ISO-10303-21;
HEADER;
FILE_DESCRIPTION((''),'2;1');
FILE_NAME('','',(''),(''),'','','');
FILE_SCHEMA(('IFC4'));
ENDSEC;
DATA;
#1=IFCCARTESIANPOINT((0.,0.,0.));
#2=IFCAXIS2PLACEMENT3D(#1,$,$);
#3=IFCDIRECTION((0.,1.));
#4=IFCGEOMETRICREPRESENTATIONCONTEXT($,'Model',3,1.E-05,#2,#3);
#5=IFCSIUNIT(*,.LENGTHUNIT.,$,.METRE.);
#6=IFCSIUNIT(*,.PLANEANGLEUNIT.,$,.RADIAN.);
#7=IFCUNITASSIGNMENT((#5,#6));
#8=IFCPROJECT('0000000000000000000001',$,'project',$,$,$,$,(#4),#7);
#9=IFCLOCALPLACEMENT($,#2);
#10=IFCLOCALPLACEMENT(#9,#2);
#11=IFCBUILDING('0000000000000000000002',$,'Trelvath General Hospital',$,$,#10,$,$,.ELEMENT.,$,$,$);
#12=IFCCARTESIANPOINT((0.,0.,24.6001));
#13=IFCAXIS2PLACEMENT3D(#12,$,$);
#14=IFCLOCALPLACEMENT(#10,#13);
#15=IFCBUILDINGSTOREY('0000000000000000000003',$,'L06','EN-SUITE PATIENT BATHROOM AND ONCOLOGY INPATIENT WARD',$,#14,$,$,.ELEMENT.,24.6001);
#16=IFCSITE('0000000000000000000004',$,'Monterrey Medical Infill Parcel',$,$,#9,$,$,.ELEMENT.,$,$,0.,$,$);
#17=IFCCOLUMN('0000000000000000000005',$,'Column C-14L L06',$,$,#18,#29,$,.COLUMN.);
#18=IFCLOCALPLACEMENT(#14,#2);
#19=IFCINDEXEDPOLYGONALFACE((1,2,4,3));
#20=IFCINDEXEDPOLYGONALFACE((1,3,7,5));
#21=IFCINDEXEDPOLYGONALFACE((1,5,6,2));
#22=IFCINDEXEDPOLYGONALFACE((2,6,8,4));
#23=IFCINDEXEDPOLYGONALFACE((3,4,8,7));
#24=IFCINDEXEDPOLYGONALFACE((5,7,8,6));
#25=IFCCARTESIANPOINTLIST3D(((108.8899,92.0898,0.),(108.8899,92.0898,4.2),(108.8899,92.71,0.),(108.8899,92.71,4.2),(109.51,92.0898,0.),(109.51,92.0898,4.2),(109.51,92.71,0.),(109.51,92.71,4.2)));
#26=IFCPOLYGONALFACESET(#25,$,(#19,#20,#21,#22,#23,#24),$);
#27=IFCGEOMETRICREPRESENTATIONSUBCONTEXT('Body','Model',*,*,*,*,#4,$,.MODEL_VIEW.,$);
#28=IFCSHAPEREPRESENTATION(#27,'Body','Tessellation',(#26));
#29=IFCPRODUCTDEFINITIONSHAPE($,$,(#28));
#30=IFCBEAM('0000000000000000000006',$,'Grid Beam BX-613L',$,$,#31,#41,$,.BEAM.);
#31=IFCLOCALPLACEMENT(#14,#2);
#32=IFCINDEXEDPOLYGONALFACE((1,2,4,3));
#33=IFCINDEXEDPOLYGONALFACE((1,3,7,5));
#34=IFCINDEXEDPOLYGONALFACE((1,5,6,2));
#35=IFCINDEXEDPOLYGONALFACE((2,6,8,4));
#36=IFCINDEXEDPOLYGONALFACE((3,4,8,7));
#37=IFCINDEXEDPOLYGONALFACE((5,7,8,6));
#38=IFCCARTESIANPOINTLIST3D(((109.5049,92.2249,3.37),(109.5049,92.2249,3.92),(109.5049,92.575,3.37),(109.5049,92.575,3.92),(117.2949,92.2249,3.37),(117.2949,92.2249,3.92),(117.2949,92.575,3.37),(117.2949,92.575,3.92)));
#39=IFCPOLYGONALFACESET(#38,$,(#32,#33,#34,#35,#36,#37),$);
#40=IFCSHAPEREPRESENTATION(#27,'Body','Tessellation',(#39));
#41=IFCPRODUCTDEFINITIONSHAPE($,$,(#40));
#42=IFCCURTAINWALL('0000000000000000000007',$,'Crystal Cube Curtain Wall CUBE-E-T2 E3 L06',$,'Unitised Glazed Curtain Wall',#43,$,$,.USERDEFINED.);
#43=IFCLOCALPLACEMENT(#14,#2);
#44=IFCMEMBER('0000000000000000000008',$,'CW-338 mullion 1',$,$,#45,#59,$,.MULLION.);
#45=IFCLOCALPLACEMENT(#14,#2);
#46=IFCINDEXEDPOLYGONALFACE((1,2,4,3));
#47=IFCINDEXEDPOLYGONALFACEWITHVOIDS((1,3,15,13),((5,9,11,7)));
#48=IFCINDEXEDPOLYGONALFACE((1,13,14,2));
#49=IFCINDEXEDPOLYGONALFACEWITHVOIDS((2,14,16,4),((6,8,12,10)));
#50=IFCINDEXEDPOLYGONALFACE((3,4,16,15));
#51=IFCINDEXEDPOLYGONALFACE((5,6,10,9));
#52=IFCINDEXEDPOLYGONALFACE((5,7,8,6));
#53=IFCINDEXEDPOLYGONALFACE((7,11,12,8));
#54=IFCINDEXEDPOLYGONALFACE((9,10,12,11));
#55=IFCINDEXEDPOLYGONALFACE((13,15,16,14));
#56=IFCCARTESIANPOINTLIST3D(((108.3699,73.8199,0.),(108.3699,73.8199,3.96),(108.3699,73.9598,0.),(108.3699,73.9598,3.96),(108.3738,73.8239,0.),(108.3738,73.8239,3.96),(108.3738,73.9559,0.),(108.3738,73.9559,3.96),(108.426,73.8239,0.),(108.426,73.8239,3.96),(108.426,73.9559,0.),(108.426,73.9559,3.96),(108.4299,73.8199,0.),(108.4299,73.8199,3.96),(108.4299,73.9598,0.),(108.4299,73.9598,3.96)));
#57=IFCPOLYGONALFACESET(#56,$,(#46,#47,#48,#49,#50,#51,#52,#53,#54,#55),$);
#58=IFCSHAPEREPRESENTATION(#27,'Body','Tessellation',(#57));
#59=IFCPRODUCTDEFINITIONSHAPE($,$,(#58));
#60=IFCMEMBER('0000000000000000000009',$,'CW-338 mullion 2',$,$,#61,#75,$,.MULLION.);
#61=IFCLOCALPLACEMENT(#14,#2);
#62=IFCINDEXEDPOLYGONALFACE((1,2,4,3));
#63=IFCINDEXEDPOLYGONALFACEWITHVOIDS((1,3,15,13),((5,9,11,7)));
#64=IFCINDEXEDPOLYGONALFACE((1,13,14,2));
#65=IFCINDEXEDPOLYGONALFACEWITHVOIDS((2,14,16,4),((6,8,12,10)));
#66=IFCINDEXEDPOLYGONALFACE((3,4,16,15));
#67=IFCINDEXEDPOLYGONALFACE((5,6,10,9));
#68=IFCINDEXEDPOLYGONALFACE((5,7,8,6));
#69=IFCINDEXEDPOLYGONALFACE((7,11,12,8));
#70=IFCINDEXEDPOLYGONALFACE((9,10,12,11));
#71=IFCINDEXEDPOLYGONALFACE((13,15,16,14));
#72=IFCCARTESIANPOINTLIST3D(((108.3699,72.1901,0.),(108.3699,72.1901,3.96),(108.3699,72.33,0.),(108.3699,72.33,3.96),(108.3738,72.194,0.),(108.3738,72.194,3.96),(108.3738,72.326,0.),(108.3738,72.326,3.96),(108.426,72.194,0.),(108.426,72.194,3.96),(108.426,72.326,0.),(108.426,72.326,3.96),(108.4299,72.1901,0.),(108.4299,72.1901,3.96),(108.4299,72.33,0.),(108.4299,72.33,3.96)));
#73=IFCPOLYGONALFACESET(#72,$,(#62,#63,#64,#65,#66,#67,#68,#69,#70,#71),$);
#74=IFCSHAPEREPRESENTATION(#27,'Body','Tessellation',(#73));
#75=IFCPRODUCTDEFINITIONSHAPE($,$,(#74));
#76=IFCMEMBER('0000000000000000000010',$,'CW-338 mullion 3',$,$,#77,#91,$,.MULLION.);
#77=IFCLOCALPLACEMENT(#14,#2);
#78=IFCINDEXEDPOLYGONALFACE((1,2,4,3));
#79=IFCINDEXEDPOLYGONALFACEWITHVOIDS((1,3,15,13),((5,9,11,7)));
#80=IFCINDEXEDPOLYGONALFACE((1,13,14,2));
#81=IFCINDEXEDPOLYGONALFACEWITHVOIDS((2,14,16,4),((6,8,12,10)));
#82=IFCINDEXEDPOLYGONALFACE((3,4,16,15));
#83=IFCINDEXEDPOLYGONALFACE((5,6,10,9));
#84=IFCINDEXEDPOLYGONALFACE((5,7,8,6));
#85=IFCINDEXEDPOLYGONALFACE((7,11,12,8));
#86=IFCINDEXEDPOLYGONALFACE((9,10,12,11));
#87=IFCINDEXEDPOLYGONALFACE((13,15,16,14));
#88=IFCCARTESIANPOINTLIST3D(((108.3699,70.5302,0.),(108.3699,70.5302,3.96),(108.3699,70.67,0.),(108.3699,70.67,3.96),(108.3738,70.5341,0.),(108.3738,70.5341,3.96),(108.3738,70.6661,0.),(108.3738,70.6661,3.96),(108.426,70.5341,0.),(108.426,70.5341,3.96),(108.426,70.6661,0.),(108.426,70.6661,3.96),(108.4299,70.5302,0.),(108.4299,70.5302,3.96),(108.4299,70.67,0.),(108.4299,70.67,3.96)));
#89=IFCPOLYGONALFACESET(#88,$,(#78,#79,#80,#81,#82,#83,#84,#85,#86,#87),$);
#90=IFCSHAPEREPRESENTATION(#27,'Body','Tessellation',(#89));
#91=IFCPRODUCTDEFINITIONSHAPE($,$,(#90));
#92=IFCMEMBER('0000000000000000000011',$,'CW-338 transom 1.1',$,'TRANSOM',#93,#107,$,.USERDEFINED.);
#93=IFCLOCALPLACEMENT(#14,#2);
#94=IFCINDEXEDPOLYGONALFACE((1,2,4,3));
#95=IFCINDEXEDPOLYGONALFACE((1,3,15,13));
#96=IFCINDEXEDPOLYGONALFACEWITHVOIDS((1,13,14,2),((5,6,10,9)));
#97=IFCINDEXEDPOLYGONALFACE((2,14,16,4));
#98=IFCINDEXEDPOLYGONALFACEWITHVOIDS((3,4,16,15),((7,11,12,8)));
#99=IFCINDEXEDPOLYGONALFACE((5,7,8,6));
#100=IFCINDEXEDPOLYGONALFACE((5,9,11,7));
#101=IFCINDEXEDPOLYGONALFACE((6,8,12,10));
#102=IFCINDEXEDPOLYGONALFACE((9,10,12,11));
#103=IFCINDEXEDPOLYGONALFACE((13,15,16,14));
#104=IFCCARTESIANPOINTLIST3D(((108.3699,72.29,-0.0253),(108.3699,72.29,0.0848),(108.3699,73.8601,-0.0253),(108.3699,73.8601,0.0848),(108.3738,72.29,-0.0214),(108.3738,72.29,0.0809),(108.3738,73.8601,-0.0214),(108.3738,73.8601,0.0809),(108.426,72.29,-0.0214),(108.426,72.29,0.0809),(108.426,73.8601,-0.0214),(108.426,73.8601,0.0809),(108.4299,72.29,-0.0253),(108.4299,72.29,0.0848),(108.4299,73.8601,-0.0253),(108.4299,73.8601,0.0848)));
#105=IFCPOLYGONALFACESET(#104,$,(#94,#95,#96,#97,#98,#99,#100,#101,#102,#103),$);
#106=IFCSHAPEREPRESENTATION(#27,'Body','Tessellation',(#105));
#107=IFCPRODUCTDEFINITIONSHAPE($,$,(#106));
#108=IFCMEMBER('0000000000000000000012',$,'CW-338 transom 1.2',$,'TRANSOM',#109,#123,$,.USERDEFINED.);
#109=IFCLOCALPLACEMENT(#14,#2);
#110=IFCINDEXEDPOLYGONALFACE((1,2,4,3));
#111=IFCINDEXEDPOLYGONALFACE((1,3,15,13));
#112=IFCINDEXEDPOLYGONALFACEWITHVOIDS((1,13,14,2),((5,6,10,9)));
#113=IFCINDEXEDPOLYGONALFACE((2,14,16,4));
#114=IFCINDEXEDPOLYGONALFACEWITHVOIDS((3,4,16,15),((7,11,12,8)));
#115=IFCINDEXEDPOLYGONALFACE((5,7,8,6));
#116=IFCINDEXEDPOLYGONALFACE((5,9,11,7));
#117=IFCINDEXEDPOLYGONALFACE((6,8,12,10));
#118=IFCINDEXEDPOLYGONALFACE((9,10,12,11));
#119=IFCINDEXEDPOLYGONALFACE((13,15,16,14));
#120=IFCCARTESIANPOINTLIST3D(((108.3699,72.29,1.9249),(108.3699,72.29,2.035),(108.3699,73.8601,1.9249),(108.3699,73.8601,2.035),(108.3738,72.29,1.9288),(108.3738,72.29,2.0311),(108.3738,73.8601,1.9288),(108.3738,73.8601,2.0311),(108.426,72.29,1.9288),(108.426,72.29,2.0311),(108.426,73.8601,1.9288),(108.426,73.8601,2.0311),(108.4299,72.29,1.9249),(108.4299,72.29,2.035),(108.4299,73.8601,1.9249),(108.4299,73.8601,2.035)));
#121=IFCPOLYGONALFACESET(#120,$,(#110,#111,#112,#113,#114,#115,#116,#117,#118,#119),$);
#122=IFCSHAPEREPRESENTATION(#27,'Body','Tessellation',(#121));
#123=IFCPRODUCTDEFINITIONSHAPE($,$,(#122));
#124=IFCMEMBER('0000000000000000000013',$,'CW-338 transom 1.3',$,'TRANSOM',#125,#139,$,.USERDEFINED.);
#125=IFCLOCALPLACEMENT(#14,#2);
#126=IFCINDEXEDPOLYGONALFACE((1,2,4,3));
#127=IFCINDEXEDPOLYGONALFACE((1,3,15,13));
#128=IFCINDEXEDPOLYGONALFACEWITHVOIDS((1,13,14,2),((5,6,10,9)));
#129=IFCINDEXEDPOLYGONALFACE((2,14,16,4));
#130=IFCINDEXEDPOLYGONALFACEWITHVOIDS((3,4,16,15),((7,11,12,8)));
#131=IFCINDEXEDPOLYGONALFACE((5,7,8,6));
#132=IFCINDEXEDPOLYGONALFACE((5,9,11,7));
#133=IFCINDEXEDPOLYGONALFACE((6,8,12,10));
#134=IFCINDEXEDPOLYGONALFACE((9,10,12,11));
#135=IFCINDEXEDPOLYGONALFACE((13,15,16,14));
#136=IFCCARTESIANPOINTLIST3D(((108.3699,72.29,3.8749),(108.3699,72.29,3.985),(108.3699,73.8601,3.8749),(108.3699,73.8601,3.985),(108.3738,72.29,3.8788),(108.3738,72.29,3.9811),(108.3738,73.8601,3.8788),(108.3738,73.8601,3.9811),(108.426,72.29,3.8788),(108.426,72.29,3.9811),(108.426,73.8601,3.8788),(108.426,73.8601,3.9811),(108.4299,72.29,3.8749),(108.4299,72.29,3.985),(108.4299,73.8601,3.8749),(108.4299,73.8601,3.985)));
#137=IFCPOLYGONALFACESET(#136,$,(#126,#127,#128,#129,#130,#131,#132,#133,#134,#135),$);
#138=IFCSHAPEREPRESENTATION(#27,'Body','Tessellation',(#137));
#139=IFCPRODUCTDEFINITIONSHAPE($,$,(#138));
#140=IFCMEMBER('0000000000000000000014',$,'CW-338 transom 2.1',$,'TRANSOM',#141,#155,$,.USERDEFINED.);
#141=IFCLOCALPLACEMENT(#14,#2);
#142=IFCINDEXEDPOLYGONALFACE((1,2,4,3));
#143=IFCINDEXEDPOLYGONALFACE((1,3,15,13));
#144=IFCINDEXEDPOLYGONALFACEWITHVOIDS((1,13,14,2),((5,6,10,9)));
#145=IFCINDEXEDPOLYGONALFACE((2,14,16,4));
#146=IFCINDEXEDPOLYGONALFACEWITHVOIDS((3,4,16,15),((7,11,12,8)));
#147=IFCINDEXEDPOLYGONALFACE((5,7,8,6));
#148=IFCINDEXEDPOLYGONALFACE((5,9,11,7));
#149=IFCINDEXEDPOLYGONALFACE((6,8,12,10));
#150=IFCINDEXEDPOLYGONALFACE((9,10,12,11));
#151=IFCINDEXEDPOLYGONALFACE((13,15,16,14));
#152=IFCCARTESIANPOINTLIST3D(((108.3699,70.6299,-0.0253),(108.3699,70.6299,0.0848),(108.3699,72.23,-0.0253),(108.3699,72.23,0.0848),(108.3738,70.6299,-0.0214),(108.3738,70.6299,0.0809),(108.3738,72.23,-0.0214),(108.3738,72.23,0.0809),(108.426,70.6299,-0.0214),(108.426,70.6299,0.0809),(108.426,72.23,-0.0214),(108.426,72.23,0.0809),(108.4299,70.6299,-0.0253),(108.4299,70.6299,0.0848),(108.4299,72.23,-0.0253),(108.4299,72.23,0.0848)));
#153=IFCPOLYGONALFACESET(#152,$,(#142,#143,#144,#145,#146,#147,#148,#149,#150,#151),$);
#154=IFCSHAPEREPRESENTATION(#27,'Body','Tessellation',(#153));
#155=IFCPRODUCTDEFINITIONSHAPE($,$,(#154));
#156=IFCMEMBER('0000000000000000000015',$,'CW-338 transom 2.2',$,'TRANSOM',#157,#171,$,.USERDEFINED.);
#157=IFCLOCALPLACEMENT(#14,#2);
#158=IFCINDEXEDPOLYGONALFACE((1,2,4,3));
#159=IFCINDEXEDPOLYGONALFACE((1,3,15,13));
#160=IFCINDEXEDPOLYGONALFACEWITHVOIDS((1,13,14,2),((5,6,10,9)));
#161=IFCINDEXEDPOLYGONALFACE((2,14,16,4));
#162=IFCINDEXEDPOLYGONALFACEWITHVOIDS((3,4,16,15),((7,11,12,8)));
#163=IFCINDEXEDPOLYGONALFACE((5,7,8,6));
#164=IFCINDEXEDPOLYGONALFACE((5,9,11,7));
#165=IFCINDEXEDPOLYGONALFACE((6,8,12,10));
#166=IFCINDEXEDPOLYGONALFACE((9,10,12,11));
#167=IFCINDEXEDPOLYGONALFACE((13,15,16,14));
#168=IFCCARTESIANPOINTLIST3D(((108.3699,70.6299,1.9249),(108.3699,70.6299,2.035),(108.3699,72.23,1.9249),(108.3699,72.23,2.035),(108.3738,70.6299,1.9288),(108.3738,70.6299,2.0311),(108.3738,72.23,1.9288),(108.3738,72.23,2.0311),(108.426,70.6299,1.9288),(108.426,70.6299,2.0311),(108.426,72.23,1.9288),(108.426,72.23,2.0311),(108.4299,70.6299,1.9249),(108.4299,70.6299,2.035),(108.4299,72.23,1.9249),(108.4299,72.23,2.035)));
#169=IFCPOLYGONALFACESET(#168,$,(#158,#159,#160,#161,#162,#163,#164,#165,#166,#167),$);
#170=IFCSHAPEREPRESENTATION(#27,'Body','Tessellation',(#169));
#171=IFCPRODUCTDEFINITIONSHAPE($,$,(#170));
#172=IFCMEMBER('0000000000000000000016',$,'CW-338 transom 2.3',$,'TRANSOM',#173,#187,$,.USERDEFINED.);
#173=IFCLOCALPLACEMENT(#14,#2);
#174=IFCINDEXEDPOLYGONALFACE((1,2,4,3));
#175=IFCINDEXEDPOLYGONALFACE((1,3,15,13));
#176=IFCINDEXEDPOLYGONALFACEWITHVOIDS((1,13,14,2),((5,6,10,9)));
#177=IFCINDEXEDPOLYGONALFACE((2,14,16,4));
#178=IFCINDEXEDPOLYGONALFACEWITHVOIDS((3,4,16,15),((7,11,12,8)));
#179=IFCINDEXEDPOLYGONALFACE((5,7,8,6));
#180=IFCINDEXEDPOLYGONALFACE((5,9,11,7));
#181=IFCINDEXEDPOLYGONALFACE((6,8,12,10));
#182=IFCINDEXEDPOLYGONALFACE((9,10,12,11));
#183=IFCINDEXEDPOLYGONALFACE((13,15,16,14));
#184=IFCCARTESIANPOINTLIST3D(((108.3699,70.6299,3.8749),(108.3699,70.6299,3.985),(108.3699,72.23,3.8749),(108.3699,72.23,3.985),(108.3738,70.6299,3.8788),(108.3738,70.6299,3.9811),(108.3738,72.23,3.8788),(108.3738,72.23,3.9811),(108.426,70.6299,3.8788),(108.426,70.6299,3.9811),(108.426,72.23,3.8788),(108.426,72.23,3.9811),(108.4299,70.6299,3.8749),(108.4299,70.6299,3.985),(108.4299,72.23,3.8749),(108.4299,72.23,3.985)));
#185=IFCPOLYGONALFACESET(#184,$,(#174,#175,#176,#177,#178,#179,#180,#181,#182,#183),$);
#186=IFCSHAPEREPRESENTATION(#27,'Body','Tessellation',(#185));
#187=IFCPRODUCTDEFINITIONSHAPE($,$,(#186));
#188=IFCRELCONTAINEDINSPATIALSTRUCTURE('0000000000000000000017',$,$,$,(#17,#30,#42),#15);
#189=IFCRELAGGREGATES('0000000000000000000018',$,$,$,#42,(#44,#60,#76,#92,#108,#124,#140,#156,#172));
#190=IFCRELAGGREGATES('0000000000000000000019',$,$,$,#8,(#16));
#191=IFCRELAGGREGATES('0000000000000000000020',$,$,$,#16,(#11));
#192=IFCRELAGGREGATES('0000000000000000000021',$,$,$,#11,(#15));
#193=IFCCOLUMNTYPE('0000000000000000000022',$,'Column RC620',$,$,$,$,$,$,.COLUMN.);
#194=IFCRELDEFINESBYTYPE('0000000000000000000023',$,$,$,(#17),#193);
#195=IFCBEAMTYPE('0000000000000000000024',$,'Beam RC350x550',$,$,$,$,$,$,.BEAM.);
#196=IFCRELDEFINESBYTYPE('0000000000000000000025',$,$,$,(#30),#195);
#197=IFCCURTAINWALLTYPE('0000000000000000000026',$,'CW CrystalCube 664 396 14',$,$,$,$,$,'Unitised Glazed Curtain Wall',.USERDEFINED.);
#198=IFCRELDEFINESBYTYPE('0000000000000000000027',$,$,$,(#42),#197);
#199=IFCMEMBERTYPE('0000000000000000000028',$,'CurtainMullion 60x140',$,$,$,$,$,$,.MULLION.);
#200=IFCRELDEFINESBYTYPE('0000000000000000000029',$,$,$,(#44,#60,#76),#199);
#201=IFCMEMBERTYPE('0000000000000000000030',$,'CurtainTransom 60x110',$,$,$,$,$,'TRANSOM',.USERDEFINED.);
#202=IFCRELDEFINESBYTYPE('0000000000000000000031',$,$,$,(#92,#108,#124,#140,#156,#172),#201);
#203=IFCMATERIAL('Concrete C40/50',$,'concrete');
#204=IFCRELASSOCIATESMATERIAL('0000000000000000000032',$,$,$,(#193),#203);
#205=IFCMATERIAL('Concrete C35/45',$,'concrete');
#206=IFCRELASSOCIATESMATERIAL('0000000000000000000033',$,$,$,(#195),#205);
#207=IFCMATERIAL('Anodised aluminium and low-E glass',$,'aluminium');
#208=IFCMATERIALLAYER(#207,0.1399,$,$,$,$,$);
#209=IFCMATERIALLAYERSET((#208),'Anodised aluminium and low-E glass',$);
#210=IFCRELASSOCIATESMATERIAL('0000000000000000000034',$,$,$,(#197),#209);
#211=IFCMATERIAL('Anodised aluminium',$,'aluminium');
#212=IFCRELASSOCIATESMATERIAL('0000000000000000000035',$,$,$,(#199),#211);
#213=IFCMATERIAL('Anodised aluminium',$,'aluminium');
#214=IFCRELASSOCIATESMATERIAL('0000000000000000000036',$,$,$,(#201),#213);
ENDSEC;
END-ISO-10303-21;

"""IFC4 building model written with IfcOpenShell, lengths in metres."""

from ifc_helpers import new_model, si_unit, direction, frame, origin, origin_2d, place, context, subcontext, project, spatial, rectangle, hollow_rectangle, extrude, material, layer, layer_set, material_profile, profile_set, type_object, element, aggregate, save


model = new_model("IFC4")

# Units and contexts
model_context = context("Model", 3, precision=1e-05, world=origin(), true_north=direction((0.0, 1.0)))
body_context = subcontext(model_context, "Body", "Model", "MODEL_VIEW")
ifc_project = project(units=[si_unit("LENGTHUNIT", "METRE"), si_unit("PLANEANGLEUNIT", "RADIAN")], contexts=[model_context])

# Site, building, storey
site_placement = place(None, origin())
site = spatial("IfcSite", under=ifc_project, at=site_placement, Name="Monterrey Medical Infill Parcel", CompositionType="ELEMENT", RefElevation=0.0)
building_placement = place(site_placement, origin())
building = spatial("IfcBuilding", under=site, at=building_placement, Name="Trelvath General Hospital", CompositionType="ELEMENT")
storey_placement = place(building_placement, frame((0.0, 0.0, 24.6001)))
storey = spatial("IfcBuildingStorey", under=building, at=storey_placement, Name="L06", Description="EN-SUITE PATIENT BATHROOM AND ONCOLOGY INPATIENT WARD", CompositionType="ELEMENT", Elevation=24.6001)

# Column
ifc_material_1 = material(Name="Concrete C40/50", Category="concrete")
ifc_material_profile_1 = material_profile(ifc_material_1, rectangle(XDim=0.6201, YDim=0.6201, at=origin_2d()), Name="RC620x620")
ifc_profile_set_1 = profile_set([ifc_material_profile_1], Name="Concrete C40/50")
column_type = type_object("IfcColumnType", Name="Column RC620", PredefinedType="COLUMN", material=ifc_profile_set_1)
column_placement = place(storey_placement, frame((109.2, 92.3999, 0.0), z_axis=(0.0, 0.0, 1.0), x_axis=(1.0, 0.0, 0.0)))
element("IfcColumn", 1, at=column_placement, inside=storey, type_object=column_type, Name="Column C-14L L06", PredefinedType="COLUMN", context=body_context, shape_type="SweptSolid", body=[
    extrude(rectangle(XDim=0.6201, YDim=0.6201, at=origin_2d()), origin(), (0.0, 0.0, 1.0), 4.2),
])

# Beam
ifc_material_2 = material(Name="Concrete C35/45", Category="concrete")
ifc_material_profile_2 = material_profile(ifc_material_2, rectangle(XDim=0.3501, YDim=0.55, at=origin_2d()), Name="RCB350x550")
ifc_profile_set_2 = profile_set([ifc_material_profile_2], Name="Concrete C35/45")
beam_type_1 = type_object("IfcBeamType", Name="Beam RC350x550", PredefinedType="BEAM", material=ifc_profile_set_2)
beam_1_placement = place(storey_placement, frame((109.5049, 92.3999, 3.645), z_axis=(1.0, 0.0, 0.0), x_axis=(0.0, 1.0, 0.0)))
element("IfcBeam", 2, at=beam_1_placement, inside=storey, type_object=beam_type_1, Name="Grid Beam BX-613L", PredefinedType="BEAM", context=body_context, shape_type="SweptSolid", body=[
    extrude(rectangle(XDim=0.3501, YDim=0.55, at=origin_2d()), origin(), (0.0, 0.0, 1.0), 7.79),
])

# Curtain wall, members
ifc_material_3 = material(Name="Anodised aluminium and low-E glass", Category="aluminium")
ifc_layer_1 = layer(ifc_material_3, 0.1399)
ifc_layer_set_1 = layer_set([ifc_layer_1], Name="Anodised aluminium and low-E glass")
curtain_wall_type = type_object("IfcCurtainWallType", Name="CW CrystalCube 664 396 14", ElementType="Unitised Glazed Curtain Wall", PredefinedType="USERDEFINED", material=ifc_layer_set_1)
curtain_wall_placement = place(storey_placement, origin())
curtain_wall = element("IfcCurtainWall", 3, at=curtain_wall_placement, inside=storey, type_object=curtain_wall_type, Name="Crystal Cube Curtain Wall CUBE-E-T2 E3 L06", ObjectType="Unitised Glazed Curtain Wall", PredefinedType="USERDEFINED")
ifc_material_4 = material(Name="Anodised aluminium", Category="aluminium")
ifc_material_profile_3 = material_profile(ifc_material_4, hollow_rectangle(XDim=0.0601, YDim=0.1399, WallThickness=0.0039, at=origin_2d()), Name="RHS60x140x4")
ifc_profile_set_3 = profile_set([ifc_material_profile_3], Name="Anodised aluminium")
member_type_1 = type_object("IfcMemberType", Name="CurtainMullion 60x140", PredefinedType="MULLION", material=ifc_profile_set_3)
member_1_placement = place(storey_placement, frame((108.3999, 73.8899, 0.0), z_axis=(0.0, 0.0, 1.0), x_axis=(1.0, 0.0, 0.0)))
member_1 = element("IfcMember", 4, at=member_1_placement, type_object=member_type_1, Name="CW-338 mullion 1", PredefinedType="MULLION", context=body_context, shape_type="SweptSolid", body=[
    extrude(hollow_rectangle(XDim=0.0601, YDim=0.1399, WallThickness=0.0039, at=origin_2d()), origin(), (0.0, 0.0, 1.0), 3.96),
])
member_2_placement = place(storey_placement, frame((108.3999, 72.26, 0.0), z_axis=(0.0, 0.0, 1.0), x_axis=(1.0, 0.0, 0.0)))
member_2 = element("IfcMember", 5, at=member_2_placement, type_object=member_type_1, Name="CW-338 mullion 2", PredefinedType="MULLION", context=body_context, shape_type="SweptSolid", body=[
    extrude(hollow_rectangle(XDim=0.0601, YDim=0.1399, WallThickness=0.0039, at=origin_2d()), origin(), (0.0, 0.0, 1.0), 3.96),
])
member_3_placement = place(storey_placement, frame((108.3999, 70.6001, 0.0), z_axis=(0.0, 0.0, 1.0), x_axis=(1.0, 0.0, 0.0)))
member_3 = element("IfcMember", 6, at=member_3_placement, type_object=member_type_1, Name="CW-338 mullion 3", PredefinedType="MULLION", context=body_context, shape_type="SweptSolid", body=[
    extrude(hollow_rectangle(XDim=0.0601, YDim=0.1399, WallThickness=0.0039, at=origin_2d()), origin(), (0.0, 0.0, 1.0), 3.96),
])
ifc_material_5 = material(Name="Anodised aluminium", Category="aluminium")
ifc_material_profile_4 = material_profile(ifc_material_5, hollow_rectangle(XDim=0.0601, YDim=0.1101, WallThickness=0.0039, at=origin_2d()), Name="RHS60x110x4")
ifc_profile_set_4 = profile_set([ifc_material_profile_4], Name="Anodised aluminium")
member_type_2 = type_object("IfcMemberType", Name="CurtainTransom 60x110", ElementType="TRANSOM", PredefinedType="USERDEFINED", material=ifc_profile_set_4)
member_4_placement = place(storey_placement, frame((108.3999, 73.8601, 0.0298), z_axis=(0.0, -1.0, 0.0), x_axis=(1.0, 0.0, 0.0)))
member_4 = element("IfcMember", 7, at=member_4_placement, type_object=member_type_2, Name="CW-338 transom 1.1", ObjectType="TRANSOM", PredefinedType="USERDEFINED", context=body_context, shape_type="SweptSolid", body=[
    extrude(hollow_rectangle(XDim=0.0601, YDim=0.1101, WallThickness=0.0039, at=origin_2d()), origin(), (0.0, 0.0, 1.0), 1.5701),
])
member_5_placement = place(storey_placement, frame((108.3999, 73.8601, 1.98), z_axis=(0.0, -1.0, 0.0), x_axis=(1.0, 0.0, 0.0)))
member_5 = element("IfcMember", 8, at=member_5_placement, type_object=member_type_2, Name="CW-338 transom 1.2", ObjectType="TRANSOM", PredefinedType="USERDEFINED", context=body_context, shape_type="SweptSolid", body=[
    extrude(hollow_rectangle(XDim=0.0601, YDim=0.1101, WallThickness=0.0039, at=origin_2d()), origin(), (0.0, 0.0, 1.0), 1.5701),
])
member_6_placement = place(storey_placement, frame((108.3999, 73.8601, 3.9299), z_axis=(0.0, -1.0, 0.0), x_axis=(1.0, 0.0, 0.0)))
member_6 = element("IfcMember", 9, at=member_6_placement, type_object=member_type_2, Name="CW-338 transom 1.3", ObjectType="TRANSOM", PredefinedType="USERDEFINED", context=body_context, shape_type="SweptSolid", body=[
    extrude(hollow_rectangle(XDim=0.0601, YDim=0.1101, WallThickness=0.0039, at=origin_2d()), origin(), (0.0, 0.0, 1.0), 1.5701),
])
member_7_placement = place(storey_placement, frame((108.3999, 72.23, 0.0298), z_axis=(0.0, -1.0, 0.0), x_axis=(1.0, 0.0, 0.0)))
member_7 = element("IfcMember", 10, at=member_7_placement, type_object=member_type_2, Name="CW-338 transom 2.1", ObjectType="TRANSOM", PredefinedType="USERDEFINED", context=body_context, shape_type="SweptSolid", body=[
    extrude(hollow_rectangle(XDim=0.0601, YDim=0.1101, WallThickness=0.0039, at=origin_2d()), origin(), (0.0, 0.0, 1.0), 1.6001),
])
member_8_placement = place(storey_placement, frame((108.3999, 72.23, 1.98), z_axis=(0.0, -1.0, 0.0), x_axis=(1.0, 0.0, 0.0)))
member_8 = element("IfcMember", 11, at=member_8_placement, type_object=member_type_2, Name="CW-338 transom 2.2", ObjectType="TRANSOM", PredefinedType="USERDEFINED", context=body_context, shape_type="SweptSolid", body=[
    extrude(hollow_rectangle(XDim=0.0601, YDim=0.1101, WallThickness=0.0039, at=origin_2d()), origin(), (0.0, 0.0, 1.0), 1.6001),
])
member_9_placement = place(storey_placement, frame((108.3999, 72.23, 3.9299), z_axis=(0.0, -1.0, 0.0), x_axis=(1.0, 0.0, 0.0)))
member_9 = element("IfcMember", 12, at=member_9_placement, type_object=member_type_2, Name="CW-338 transom 2.3", ObjectType="TRANSOM", PredefinedType="USERDEFINED", context=body_context, shape_type="SweptSolid", body=[
    extrude(hollow_rectangle(XDim=0.0601, YDim=0.1101, WallThickness=0.0039, at=origin_2d()), origin(), (0.0, 0.0, 1.0), 1.6001),
])

aggregate(curtain_wall, [member_1, member_2, member_3, member_4, member_5, member_6, member_7, member_8, member_9])

save(model, "model.ifc")
